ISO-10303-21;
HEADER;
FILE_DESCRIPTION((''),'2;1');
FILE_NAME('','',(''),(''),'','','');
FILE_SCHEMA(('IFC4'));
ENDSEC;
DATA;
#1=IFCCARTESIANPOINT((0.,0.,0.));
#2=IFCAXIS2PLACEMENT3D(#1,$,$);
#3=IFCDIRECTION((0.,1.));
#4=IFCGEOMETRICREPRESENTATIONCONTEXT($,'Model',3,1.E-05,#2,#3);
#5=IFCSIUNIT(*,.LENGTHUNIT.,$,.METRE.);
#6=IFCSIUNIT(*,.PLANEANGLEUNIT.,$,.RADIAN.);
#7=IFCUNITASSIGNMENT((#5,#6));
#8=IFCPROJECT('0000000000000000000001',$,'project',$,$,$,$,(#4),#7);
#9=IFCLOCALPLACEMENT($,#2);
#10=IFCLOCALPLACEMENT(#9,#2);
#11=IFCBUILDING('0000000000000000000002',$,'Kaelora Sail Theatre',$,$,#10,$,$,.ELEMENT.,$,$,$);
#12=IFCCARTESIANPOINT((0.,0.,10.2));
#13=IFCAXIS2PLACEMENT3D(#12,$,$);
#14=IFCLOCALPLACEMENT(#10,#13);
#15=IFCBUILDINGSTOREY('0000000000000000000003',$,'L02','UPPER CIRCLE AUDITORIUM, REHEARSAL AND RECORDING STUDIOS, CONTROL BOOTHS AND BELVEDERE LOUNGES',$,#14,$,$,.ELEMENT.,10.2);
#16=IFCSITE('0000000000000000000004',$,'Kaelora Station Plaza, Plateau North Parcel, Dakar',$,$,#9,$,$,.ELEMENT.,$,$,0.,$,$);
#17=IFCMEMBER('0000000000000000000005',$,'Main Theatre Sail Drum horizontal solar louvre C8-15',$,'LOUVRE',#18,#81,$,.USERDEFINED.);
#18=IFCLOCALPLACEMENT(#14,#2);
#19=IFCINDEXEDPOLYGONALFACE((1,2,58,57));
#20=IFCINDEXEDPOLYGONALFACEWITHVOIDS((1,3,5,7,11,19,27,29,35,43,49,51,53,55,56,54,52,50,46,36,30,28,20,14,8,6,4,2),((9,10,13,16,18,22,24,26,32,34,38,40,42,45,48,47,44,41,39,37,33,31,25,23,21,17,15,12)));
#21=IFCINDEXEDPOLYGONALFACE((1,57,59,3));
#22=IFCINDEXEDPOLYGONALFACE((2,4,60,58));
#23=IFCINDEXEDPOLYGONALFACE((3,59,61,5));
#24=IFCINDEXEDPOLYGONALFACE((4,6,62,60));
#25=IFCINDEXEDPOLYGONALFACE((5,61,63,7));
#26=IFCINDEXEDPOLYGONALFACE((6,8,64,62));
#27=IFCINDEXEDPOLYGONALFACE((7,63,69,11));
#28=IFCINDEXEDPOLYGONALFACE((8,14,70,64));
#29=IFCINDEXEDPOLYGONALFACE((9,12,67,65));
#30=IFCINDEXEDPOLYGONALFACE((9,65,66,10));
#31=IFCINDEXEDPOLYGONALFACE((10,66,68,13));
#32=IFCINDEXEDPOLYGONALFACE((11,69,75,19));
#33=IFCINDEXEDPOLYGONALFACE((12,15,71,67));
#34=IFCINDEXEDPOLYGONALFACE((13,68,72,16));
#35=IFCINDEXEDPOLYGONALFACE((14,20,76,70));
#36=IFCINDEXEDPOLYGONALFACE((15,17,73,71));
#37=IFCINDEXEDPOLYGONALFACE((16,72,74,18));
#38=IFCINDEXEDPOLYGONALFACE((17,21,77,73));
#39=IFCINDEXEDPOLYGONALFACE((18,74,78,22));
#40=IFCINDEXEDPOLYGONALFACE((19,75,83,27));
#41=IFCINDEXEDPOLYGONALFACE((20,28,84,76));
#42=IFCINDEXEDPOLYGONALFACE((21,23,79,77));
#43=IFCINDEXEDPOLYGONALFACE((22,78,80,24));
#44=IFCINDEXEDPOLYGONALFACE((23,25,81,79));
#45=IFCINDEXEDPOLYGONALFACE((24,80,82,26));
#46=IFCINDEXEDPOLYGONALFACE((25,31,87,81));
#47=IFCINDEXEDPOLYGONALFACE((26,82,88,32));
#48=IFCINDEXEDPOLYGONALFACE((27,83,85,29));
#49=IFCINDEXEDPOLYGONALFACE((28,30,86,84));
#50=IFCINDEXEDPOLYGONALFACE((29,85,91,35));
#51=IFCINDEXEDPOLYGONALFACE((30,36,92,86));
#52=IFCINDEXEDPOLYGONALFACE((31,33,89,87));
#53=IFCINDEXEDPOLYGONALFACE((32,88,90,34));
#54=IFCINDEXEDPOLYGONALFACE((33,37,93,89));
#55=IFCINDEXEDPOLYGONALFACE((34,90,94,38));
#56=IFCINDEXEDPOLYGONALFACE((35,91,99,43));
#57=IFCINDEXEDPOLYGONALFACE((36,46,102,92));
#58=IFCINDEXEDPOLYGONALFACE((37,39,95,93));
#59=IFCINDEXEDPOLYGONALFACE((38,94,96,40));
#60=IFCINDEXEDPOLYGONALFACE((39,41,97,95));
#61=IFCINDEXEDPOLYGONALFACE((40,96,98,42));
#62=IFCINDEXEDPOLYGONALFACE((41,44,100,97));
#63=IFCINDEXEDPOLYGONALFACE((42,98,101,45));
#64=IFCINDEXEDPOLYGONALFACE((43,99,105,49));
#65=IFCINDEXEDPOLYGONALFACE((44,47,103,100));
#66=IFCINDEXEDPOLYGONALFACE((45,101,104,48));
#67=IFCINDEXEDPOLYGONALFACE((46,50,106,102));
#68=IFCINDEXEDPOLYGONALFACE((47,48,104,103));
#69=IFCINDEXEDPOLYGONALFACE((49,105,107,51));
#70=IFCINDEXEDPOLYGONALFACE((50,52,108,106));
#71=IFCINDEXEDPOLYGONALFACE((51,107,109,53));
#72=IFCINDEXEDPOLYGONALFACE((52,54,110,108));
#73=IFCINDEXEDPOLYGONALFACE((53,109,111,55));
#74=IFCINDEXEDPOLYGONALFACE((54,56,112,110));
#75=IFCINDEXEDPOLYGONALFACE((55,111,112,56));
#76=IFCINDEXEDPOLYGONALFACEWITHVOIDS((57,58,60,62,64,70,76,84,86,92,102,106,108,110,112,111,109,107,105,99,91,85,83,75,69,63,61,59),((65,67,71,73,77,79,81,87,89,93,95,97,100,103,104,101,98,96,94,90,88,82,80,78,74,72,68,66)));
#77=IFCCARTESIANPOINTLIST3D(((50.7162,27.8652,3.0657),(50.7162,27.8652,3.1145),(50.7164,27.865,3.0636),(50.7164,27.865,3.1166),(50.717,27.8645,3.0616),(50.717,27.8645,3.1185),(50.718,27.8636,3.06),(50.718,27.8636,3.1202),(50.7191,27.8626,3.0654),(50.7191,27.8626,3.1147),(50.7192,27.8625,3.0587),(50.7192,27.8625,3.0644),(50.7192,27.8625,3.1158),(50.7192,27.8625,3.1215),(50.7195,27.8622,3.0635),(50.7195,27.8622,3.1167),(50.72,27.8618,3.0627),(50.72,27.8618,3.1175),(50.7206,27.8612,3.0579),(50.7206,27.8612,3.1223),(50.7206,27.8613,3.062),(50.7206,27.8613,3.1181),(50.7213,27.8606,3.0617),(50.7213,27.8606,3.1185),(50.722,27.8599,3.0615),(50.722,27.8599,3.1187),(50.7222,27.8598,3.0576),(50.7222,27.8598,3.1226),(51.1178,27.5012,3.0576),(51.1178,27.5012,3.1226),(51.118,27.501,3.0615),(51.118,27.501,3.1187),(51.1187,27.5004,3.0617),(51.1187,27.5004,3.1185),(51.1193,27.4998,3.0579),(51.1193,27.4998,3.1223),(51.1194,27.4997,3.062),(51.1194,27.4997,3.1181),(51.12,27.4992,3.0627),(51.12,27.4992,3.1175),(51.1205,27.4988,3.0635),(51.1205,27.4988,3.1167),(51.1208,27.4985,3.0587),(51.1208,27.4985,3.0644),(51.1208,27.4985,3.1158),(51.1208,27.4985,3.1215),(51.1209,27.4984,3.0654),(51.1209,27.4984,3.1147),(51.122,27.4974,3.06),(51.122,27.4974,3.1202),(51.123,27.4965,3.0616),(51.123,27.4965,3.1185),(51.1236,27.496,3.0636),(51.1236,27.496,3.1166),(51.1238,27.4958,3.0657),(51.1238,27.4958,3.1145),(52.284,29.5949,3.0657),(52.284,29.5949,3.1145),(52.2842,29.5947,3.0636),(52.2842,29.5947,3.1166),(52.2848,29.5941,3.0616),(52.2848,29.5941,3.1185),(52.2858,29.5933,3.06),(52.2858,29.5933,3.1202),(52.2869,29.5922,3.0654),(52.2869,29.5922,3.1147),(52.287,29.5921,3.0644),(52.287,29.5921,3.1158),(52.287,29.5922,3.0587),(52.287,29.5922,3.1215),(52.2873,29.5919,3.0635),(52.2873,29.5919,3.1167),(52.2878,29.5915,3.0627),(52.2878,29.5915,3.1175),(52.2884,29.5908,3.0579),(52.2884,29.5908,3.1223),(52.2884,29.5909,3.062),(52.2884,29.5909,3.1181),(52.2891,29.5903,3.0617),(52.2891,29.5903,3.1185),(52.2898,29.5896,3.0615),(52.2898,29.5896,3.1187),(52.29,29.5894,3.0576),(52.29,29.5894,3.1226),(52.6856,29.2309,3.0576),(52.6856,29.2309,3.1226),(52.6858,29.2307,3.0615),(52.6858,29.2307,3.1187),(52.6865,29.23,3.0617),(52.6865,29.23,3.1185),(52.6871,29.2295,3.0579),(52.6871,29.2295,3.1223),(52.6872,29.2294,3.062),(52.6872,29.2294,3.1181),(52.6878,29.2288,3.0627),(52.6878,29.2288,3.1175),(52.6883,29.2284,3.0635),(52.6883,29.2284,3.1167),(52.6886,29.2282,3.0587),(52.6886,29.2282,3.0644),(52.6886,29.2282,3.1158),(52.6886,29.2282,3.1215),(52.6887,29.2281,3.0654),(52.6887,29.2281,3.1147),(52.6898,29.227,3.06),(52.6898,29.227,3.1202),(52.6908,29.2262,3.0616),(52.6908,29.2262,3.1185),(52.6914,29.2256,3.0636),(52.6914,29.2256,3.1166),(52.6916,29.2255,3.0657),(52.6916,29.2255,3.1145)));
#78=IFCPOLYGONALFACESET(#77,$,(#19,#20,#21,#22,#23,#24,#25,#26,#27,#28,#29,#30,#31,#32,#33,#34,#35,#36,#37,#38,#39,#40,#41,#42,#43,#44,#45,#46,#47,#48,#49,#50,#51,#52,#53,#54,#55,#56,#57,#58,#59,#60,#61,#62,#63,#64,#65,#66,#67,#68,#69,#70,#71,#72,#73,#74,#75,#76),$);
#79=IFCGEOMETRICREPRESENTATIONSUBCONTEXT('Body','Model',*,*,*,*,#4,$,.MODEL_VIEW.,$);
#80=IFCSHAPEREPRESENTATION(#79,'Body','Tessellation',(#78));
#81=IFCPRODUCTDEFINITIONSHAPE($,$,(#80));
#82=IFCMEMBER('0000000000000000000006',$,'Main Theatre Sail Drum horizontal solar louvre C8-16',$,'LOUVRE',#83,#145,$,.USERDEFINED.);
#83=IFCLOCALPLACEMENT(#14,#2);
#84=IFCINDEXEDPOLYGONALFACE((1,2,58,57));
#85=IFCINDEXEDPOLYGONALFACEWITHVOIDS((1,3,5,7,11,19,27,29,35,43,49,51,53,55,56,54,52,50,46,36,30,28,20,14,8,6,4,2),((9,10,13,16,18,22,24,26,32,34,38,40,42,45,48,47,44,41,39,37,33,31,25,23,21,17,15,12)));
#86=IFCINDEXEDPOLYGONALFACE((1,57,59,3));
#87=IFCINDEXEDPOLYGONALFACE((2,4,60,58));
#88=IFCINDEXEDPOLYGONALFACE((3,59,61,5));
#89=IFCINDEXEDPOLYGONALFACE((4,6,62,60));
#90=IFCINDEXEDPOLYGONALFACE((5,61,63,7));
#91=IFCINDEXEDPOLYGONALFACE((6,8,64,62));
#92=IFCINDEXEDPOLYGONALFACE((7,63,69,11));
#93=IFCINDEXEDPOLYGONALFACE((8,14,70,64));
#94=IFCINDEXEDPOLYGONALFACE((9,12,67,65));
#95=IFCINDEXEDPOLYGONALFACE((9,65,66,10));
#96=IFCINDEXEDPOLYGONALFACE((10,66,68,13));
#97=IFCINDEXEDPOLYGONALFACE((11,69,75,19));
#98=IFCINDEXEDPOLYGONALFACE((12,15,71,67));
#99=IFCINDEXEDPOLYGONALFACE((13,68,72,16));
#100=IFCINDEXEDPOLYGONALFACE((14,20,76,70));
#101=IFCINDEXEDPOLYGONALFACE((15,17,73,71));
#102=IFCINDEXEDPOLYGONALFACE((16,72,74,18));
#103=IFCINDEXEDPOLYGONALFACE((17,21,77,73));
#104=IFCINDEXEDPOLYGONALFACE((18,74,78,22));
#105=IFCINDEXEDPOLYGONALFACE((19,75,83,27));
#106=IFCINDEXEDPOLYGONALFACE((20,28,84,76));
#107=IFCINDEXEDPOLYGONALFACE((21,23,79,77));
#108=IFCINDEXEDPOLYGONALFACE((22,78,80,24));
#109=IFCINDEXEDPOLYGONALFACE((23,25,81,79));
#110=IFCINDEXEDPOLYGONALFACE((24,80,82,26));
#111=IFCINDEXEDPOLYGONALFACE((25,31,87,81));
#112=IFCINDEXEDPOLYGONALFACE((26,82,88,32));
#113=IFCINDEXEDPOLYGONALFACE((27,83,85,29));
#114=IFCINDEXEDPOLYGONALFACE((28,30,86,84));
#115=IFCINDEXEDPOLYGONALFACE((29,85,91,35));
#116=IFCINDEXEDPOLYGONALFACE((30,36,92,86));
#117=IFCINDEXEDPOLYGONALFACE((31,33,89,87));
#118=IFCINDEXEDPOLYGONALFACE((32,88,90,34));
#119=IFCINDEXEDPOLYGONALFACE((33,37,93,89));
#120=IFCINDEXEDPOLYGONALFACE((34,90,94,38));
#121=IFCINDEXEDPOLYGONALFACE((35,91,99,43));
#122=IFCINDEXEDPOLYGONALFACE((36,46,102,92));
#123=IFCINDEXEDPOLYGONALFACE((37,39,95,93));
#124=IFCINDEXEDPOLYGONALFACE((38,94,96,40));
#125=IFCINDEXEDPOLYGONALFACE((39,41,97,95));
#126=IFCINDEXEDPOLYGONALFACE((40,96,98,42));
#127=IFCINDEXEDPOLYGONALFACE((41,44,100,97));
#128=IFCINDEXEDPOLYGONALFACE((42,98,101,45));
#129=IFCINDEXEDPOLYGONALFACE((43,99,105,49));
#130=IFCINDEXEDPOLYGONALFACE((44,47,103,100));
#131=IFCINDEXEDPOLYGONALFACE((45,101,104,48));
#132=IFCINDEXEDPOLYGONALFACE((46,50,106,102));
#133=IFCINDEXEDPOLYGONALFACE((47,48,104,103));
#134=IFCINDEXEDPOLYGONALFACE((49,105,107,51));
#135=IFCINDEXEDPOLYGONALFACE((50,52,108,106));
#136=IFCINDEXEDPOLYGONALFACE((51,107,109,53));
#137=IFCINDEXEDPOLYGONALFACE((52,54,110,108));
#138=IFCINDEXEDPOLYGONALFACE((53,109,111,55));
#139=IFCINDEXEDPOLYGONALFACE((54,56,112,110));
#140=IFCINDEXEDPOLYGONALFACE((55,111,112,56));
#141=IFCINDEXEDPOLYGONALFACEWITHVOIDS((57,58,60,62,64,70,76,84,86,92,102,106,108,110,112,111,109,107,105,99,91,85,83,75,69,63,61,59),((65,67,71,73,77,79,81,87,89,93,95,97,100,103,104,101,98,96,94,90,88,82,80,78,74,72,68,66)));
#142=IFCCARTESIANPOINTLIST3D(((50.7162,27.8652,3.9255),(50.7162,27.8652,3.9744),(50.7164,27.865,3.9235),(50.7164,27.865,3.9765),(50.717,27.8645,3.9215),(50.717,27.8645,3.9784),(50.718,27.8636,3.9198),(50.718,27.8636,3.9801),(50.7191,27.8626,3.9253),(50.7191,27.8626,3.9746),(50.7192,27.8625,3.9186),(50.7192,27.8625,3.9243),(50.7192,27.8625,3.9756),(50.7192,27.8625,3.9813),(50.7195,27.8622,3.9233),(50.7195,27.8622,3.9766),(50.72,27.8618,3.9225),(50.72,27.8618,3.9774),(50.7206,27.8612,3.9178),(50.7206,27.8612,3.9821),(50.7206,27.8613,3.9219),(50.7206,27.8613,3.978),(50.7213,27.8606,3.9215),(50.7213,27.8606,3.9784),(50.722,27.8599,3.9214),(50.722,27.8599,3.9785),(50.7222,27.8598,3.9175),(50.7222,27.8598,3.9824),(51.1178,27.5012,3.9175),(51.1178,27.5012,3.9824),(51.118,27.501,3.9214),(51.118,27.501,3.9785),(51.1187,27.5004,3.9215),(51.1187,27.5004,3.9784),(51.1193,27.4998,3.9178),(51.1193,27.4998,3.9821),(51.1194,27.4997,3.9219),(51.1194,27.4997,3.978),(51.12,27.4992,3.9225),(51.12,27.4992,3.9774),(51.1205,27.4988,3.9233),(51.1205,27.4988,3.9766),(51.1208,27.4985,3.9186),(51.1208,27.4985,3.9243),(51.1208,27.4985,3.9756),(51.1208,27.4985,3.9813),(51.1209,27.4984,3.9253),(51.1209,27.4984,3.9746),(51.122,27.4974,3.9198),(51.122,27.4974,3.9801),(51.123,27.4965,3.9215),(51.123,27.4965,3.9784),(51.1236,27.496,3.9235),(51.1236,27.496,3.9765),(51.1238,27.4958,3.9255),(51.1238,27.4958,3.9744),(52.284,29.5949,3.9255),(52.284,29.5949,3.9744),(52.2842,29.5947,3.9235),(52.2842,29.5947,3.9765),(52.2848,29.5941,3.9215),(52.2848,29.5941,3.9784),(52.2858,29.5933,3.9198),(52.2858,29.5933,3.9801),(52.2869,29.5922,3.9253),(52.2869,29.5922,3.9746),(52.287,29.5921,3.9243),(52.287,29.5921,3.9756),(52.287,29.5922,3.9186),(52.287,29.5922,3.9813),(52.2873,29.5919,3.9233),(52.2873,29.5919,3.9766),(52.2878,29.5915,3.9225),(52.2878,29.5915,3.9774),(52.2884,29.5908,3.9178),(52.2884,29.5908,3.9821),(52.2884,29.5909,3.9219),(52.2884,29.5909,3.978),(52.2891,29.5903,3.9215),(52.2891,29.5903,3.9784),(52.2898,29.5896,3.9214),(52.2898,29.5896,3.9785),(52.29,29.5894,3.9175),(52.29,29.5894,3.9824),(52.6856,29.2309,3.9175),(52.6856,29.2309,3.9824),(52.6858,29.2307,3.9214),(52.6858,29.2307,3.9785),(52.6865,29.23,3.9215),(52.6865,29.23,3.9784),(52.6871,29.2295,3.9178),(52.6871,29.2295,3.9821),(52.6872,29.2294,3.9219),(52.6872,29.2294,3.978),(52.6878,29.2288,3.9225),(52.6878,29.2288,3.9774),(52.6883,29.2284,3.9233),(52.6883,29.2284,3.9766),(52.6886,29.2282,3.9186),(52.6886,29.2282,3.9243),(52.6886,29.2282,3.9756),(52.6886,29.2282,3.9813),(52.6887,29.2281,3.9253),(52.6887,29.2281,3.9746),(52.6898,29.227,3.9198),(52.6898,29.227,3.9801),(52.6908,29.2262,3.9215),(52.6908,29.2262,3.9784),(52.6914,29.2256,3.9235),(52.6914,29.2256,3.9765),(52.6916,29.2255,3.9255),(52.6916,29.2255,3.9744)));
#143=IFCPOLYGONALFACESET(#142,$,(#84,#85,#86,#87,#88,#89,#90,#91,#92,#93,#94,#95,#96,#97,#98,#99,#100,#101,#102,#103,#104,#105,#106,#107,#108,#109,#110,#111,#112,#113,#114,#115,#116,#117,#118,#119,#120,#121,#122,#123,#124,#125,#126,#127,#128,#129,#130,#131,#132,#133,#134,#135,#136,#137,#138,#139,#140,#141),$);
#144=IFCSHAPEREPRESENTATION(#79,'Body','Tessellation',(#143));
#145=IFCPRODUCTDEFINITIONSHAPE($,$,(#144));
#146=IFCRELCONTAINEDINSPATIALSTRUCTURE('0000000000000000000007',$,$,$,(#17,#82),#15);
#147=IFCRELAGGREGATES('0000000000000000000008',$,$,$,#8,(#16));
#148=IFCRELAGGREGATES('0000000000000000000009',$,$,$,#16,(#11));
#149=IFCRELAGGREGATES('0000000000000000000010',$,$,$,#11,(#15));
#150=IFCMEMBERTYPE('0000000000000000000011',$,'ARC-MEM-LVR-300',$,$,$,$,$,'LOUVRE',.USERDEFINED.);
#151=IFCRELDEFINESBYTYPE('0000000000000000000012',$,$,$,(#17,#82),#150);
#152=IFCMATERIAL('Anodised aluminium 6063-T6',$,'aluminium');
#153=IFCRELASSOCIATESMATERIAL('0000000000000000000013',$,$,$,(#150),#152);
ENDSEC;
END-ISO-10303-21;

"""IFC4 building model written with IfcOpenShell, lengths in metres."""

from ifc_helpers import new_model, si_unit, direction, frame, origin, origin_2d, place, context, subcontext, project, spatial, hollow_rectangle, extrude, material, material_profile, profile_set, type_object, element, save


model = new_model("IFC4")

# Units and contexts
model_context = context("Model", 3, precision=1e-05, world=origin(), true_north=direction((0.0, 1.0)))
body_context = subcontext(model_context, "Body", "Model", "MODEL_VIEW")
ifc_project = project(units=[si_unit("LENGTHUNIT", "METRE"), si_unit("PLANEANGLEUNIT", "RADIAN")], contexts=[model_context])

# Site, building, storey
site_placement = place(None, origin())
site = spatial("IfcSite", under=ifc_project, at=site_placement, Name="Kaelora Station Plaza, Plateau North Parcel, Dakar", CompositionType="ELEMENT", RefElevation=0.0)
building_placement = place(site_placement, origin())
building = spatial("IfcBuilding", under=site, at=building_placement, Name="Kaelora Sail Theatre", CompositionType="ELEMENT")
storey_placement = place(building_placement, frame((0.0, 0.0, 10.2)))
storey = spatial("IfcBuildingStorey", under=building, at=storey_placement, Name="L02", Description="UPPER CIRCLE AUDITORIUM, REHEARSAL AND RECORDING STUDIOS, CONTROL BOOTHS AND BELVEDERE LOUNGES", CompositionType="ELEMENT", Elevation=10.2)

# Members
ifc_material_1 = material(Name="Anodised aluminium 6063-T6", Category="aluminium")
ifc_material_profile_1 = material_profile(ifc_material_1, hollow_rectangle(XDim=0.55, YDim=0.0649, WallThickness=0.0039, InnerFilletRadius=0.0039, OuterFilletRadius=0.0081, at=origin_2d()), Name="LOUVRE 550x65x4")
ifc_profile_set_1 = profile_set([ifc_material_profile_1], Name="Anodised aluminium 6063-T6")
member_type = type_object("IfcMemberType", Name="ARC-MEM-LVR-300", ElementType="LOUVRE", PredefinedType="USERDEFINED", material=ifc_profile_set_1)
for number, where, z_axis, x_axis, name in (
    (1, (52.4878, 29.4102, 3.0901), (-0.671589, -0.740924, 0.0), (0.740924, -0.671589, 0.0), "Main Theatre Sail Drum horizontal solar louvre C8-15"),
    (2, (52.4878, 29.4102, 3.95), (-0.671589, -0.740924, 0.0), (0.740924, -0.671589, 0.0), "Main Theatre Sail Drum horizontal solar louvre C8-16"),
):
    element("IfcMember", number, at=place(storey_placement, frame(where, z_axis=z_axis, x_axis=x_axis)), inside=storey, type_object=member_type, Name=name, ObjectType="LOUVRE", PredefinedType="USERDEFINED", context=body_context, shape_type="SweptSolid", body=[
        extrude(hollow_rectangle(XDim=0.55, YDim=0.0649, WallThickness=0.0039, InnerFilletRadius=0.0039, OuterFilletRadius=0.0081, at=origin_2d()), origin(), (0.0, 0.0, 1.0), 2.3345),
    ])

save(model, "model.ifc")
